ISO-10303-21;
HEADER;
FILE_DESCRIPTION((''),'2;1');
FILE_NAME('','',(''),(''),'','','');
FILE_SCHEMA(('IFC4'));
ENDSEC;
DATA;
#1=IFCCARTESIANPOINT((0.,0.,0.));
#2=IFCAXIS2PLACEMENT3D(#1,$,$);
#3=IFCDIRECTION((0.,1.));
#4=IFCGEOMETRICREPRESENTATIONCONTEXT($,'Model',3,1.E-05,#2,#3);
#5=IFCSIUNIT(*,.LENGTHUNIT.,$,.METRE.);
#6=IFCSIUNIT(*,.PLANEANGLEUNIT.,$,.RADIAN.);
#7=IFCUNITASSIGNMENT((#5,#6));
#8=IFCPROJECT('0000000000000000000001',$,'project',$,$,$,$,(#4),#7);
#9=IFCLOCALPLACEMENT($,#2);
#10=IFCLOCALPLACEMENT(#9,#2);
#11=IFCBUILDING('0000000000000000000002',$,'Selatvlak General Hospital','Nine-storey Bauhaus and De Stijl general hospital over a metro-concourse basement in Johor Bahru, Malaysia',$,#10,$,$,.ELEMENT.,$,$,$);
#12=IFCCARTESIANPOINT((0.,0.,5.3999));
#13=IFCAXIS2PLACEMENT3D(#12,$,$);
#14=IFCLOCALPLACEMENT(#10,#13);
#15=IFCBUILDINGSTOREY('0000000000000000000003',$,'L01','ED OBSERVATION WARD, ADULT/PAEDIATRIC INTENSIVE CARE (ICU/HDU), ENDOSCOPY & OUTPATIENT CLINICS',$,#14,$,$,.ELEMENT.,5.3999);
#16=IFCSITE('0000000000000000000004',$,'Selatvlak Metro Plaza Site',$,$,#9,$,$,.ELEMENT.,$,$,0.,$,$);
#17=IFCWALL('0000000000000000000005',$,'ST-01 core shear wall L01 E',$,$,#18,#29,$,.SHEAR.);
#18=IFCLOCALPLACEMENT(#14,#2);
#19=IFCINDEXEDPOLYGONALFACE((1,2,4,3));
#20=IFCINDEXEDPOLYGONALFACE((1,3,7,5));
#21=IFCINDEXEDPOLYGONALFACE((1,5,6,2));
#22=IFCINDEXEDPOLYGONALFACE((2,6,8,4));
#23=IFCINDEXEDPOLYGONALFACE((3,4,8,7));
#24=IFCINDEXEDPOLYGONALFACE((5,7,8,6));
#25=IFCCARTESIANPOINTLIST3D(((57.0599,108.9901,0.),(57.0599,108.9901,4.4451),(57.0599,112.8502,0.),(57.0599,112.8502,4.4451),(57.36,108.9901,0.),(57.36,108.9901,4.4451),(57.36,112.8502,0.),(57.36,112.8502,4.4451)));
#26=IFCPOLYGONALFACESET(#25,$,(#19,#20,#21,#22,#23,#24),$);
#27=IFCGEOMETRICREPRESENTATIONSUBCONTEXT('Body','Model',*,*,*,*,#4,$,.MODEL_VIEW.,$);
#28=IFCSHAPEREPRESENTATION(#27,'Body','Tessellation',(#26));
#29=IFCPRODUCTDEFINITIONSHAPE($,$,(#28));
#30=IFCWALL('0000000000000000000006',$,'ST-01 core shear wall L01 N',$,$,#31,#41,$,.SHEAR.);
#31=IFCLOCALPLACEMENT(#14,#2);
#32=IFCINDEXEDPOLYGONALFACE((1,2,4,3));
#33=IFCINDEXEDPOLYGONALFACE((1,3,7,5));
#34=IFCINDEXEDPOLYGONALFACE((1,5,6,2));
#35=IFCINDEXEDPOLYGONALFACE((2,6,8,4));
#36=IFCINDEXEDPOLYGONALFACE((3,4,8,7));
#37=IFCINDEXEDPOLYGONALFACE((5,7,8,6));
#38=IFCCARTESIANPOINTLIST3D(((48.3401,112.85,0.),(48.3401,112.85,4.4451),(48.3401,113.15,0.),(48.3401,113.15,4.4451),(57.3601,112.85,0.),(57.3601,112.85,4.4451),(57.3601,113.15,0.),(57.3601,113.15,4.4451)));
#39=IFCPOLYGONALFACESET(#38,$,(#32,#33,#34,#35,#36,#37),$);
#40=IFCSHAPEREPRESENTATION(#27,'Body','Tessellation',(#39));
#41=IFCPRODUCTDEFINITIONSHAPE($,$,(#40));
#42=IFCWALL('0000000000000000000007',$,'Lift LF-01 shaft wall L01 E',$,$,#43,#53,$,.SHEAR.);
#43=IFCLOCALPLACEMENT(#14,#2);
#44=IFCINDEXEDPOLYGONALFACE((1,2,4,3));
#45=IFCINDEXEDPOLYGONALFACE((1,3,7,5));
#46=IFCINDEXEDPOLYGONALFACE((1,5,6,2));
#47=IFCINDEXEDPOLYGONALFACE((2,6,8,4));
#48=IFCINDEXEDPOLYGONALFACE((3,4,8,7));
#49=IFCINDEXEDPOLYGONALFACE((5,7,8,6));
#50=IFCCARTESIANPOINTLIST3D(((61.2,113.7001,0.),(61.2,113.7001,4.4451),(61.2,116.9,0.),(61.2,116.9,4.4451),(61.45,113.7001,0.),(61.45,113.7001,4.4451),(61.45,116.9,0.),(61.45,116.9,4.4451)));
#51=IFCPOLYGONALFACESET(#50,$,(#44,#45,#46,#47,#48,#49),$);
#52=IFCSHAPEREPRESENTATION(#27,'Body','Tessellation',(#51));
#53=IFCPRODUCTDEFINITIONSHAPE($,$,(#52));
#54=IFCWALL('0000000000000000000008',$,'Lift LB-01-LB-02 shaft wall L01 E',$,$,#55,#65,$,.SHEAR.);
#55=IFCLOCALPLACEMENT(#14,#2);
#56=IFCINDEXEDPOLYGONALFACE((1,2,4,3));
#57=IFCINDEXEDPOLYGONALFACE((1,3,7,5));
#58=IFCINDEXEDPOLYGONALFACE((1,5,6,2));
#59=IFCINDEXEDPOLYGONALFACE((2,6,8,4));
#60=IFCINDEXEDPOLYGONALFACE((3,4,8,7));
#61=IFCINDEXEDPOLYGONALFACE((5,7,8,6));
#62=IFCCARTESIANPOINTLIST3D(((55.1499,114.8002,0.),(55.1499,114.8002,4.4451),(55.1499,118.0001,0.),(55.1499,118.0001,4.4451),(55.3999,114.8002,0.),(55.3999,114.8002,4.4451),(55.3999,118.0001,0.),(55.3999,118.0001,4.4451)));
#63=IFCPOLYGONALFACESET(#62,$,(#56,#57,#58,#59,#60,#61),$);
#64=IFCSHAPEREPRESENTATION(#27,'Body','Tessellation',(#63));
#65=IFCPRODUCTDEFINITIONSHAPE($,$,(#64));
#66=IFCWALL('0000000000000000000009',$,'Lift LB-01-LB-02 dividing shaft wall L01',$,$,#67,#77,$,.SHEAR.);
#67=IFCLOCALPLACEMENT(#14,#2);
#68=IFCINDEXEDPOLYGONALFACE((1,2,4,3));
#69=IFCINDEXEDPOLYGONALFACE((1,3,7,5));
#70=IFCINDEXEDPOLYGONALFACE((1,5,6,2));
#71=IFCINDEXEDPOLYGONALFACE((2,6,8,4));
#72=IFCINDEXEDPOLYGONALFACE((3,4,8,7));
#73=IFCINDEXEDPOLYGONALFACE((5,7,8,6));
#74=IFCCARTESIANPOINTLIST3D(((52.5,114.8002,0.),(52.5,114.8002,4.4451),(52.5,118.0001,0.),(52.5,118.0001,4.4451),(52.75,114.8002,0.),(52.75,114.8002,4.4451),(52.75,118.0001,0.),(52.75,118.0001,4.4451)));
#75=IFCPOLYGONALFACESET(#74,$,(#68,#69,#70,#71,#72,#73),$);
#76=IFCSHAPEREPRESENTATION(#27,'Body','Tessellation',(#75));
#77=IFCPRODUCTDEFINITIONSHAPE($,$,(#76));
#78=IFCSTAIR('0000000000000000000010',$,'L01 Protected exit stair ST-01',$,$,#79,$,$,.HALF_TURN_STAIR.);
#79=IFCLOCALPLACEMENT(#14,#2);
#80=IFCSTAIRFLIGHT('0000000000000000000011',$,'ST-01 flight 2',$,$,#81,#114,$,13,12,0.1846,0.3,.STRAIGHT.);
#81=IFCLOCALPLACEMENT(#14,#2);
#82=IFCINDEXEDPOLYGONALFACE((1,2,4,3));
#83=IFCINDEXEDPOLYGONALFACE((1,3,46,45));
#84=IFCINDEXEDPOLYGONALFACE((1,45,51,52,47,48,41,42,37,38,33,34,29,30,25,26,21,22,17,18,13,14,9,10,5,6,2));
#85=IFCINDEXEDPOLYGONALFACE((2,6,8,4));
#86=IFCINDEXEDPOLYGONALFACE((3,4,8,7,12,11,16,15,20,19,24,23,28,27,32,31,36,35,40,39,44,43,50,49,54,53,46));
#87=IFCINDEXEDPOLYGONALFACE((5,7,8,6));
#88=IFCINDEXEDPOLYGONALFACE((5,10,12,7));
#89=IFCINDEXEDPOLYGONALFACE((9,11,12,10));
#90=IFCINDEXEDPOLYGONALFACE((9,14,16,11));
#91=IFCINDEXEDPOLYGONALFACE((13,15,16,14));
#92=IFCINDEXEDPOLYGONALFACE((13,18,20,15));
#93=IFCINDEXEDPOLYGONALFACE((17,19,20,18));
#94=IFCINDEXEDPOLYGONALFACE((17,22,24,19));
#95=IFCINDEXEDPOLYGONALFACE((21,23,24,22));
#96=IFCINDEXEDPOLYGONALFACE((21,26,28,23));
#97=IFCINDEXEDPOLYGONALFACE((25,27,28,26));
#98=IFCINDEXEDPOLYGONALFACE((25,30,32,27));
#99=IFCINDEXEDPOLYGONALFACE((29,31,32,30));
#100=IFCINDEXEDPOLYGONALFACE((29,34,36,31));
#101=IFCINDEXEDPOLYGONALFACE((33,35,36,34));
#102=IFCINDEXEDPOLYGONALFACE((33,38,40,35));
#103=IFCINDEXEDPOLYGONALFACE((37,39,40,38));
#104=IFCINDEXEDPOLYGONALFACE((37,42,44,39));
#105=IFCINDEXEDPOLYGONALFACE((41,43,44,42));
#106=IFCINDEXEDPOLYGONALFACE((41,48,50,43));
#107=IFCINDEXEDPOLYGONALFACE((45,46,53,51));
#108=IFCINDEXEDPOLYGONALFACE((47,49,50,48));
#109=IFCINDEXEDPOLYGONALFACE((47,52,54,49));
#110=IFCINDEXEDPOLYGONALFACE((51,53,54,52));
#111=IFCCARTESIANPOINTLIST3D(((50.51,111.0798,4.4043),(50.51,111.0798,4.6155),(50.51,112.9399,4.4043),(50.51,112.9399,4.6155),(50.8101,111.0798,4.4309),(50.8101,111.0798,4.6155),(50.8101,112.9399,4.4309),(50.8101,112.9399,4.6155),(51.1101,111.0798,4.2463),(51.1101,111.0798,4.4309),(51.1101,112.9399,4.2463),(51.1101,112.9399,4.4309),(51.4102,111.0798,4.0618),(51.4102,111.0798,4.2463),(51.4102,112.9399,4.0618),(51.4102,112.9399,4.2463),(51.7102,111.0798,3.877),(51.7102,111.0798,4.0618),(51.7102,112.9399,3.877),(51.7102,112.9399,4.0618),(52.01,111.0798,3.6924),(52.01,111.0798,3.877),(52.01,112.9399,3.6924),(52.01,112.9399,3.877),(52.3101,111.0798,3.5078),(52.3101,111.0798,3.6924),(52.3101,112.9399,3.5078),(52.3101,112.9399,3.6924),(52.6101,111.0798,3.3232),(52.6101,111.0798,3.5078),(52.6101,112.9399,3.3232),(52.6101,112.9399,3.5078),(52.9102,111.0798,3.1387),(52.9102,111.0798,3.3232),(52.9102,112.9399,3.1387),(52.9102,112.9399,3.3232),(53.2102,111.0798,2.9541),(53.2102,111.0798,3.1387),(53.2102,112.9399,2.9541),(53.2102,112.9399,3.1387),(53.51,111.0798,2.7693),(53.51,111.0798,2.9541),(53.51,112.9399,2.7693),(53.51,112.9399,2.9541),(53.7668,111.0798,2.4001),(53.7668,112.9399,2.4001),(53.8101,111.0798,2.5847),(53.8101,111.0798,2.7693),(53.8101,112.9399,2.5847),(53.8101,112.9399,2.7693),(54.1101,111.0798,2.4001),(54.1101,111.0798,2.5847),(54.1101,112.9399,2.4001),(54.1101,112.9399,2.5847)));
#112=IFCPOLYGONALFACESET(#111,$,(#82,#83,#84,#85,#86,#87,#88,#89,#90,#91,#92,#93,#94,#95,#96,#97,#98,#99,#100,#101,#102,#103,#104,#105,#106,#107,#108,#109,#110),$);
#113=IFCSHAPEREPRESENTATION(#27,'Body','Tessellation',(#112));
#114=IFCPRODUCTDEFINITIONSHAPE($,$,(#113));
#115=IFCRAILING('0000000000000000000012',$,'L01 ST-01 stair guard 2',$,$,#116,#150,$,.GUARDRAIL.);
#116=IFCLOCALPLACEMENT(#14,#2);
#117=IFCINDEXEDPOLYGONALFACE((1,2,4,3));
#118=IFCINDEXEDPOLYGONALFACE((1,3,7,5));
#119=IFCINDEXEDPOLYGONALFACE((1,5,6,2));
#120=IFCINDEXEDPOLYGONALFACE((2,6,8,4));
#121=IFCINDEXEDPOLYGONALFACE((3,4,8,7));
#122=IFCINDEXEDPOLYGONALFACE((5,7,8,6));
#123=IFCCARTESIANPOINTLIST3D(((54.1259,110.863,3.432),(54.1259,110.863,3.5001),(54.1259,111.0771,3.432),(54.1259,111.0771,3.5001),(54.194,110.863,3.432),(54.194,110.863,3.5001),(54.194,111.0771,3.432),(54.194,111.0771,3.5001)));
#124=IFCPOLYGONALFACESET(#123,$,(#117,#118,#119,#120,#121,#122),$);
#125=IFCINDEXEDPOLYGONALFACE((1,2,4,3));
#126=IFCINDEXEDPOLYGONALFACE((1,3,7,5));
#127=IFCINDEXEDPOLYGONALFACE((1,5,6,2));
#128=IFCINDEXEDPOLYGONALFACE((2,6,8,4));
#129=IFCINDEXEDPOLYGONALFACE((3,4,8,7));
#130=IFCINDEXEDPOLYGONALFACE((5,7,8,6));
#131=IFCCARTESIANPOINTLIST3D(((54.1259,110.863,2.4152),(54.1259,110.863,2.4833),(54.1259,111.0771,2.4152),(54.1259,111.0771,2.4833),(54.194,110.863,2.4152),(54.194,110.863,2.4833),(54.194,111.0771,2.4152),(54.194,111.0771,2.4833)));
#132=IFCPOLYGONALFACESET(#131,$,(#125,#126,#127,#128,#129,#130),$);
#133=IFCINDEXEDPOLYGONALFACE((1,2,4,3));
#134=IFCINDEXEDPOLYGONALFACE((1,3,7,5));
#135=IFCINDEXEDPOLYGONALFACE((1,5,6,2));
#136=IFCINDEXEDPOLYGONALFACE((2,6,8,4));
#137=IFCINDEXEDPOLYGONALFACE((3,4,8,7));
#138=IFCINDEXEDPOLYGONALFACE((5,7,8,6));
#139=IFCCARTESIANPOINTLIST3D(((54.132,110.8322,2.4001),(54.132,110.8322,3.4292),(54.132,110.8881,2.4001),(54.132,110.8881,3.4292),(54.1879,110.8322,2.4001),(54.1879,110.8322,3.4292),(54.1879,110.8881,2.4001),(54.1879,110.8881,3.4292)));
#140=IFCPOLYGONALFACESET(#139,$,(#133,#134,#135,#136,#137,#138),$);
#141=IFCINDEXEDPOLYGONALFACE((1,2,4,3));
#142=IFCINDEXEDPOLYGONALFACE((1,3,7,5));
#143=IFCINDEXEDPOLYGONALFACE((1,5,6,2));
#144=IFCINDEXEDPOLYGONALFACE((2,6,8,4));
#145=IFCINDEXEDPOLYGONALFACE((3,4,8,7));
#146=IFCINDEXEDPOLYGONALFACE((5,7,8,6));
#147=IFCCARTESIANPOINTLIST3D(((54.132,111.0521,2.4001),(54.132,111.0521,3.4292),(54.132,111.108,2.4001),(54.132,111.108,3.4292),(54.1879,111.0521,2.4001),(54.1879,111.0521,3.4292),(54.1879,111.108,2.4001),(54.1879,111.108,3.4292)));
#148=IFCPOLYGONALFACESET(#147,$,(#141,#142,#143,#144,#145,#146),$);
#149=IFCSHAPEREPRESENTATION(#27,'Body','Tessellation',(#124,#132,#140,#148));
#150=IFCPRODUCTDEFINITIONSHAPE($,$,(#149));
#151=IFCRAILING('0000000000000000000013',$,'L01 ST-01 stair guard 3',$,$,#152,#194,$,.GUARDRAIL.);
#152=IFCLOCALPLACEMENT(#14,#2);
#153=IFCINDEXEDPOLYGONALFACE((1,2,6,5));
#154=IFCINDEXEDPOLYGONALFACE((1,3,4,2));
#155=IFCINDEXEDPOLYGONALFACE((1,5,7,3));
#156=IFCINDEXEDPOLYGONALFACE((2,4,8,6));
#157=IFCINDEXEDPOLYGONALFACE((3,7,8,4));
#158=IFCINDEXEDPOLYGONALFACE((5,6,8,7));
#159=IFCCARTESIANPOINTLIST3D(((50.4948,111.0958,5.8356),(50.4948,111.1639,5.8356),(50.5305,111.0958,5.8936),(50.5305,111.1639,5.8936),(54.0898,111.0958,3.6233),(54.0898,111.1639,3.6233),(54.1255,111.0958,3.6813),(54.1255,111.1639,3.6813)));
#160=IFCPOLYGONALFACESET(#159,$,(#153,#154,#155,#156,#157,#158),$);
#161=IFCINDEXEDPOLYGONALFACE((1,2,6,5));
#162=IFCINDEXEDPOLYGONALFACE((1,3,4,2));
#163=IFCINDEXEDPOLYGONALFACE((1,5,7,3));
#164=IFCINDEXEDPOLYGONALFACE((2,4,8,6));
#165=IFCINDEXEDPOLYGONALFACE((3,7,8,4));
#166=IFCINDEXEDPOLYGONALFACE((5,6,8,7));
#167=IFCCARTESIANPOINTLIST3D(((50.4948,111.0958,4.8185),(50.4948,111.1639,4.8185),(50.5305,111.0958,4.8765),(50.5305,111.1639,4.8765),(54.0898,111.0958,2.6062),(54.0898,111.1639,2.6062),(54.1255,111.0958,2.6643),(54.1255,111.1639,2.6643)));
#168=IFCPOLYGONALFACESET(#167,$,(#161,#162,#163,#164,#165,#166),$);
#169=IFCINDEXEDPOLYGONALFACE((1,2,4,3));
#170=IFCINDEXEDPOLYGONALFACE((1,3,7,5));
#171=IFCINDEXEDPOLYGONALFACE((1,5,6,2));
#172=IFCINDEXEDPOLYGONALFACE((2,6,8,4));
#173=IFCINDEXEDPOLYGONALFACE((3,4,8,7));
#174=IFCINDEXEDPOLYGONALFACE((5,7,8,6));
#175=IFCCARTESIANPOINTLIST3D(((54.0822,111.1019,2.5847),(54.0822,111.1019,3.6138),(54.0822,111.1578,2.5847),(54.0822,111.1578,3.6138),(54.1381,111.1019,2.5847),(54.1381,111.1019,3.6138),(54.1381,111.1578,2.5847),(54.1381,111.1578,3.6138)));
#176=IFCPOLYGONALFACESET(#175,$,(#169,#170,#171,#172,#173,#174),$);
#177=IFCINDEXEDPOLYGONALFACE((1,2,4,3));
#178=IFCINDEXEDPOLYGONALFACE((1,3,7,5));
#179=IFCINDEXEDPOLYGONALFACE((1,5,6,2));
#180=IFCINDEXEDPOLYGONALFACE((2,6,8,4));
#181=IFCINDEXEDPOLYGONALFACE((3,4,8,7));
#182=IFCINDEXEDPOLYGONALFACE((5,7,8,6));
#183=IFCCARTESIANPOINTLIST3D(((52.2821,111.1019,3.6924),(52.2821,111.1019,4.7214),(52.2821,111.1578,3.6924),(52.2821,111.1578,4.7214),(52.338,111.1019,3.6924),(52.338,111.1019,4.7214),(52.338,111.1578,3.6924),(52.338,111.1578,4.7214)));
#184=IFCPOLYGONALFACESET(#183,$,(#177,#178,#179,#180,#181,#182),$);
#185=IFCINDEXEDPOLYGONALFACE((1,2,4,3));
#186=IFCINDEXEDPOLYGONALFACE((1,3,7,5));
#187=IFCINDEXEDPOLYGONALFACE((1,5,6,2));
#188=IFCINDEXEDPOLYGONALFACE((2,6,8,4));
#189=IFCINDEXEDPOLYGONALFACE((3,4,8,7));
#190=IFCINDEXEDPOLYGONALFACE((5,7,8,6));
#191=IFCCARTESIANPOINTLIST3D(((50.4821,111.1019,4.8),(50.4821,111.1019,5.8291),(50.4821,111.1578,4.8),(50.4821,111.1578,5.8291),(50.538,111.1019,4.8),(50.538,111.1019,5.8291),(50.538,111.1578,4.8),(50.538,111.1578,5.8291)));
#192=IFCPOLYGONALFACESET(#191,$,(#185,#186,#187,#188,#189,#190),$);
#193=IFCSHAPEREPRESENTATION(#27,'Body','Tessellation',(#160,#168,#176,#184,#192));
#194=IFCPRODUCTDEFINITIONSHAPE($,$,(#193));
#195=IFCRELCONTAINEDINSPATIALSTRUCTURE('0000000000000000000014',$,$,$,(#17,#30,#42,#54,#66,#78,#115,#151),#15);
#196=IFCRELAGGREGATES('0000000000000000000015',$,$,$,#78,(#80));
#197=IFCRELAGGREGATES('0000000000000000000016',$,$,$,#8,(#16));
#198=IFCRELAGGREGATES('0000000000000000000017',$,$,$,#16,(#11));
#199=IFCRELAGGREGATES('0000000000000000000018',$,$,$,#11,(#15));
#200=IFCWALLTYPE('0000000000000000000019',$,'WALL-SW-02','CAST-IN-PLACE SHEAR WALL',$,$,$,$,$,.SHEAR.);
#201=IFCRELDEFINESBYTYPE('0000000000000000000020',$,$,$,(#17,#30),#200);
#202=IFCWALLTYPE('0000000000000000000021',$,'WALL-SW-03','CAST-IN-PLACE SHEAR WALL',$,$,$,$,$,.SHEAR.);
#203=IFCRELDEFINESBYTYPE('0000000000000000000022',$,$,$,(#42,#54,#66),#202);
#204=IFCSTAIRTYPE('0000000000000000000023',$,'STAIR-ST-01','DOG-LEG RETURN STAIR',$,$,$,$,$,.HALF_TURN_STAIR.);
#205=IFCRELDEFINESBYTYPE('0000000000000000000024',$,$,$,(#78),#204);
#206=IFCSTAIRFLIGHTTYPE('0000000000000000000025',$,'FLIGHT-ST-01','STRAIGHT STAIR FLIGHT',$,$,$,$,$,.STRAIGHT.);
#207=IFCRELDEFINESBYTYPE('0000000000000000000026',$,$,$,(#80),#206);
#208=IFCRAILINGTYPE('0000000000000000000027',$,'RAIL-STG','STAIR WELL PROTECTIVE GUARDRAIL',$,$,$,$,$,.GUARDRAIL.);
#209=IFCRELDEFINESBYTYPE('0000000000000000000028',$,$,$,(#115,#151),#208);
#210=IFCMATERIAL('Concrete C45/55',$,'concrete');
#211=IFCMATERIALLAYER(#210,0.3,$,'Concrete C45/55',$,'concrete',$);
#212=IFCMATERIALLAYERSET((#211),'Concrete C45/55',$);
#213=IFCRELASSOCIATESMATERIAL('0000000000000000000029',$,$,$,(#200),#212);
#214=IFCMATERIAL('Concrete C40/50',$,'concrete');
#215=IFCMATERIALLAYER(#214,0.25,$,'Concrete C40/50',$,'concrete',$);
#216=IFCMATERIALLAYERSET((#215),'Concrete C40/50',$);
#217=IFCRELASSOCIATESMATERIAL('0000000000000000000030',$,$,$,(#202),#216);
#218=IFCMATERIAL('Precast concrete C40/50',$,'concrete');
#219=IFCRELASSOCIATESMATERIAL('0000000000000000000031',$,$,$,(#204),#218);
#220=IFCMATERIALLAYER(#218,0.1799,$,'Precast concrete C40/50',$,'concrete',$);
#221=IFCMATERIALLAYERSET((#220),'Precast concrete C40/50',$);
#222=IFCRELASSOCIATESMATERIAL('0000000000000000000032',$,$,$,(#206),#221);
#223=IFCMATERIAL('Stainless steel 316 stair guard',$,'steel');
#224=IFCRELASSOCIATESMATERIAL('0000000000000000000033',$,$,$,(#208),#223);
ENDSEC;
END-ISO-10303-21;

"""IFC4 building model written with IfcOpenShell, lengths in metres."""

from ifc_helpers import new_model, si_unit, direction, frame, frame_2d, origin, origin_2d, place, context, subcontext, project, spatial, polyline, rectangle, outline, extrude, material, layer, layer_set, type_object, element, aggregate, save


model = new_model("IFC4")

# Units and contexts
model_context = context("Model", 3, precision=1e-05, world=origin(), true_north=direction((0.0, 1.0)))
body_context = subcontext(model_context, "Body", "Model", "MODEL_VIEW")
ifc_project = project(units=[si_unit("LENGTHUNIT", "METRE"), si_unit("PLANEANGLEUNIT", "RADIAN")], contexts=[model_context])

# Site, building, storey
site_placement = place(None, origin())
site = spatial("IfcSite", under=ifc_project, at=site_placement, Name="Selatvlak Metro Plaza Site", CompositionType="ELEMENT", RefElevation=0.0)
building_placement = place(site_placement, origin())
building = spatial("IfcBuilding", under=site, at=building_placement, Name="Selatvlak General Hospital", Description="Nine-storey Bauhaus and De Stijl general hospital over a metro-concourse basement in Johor Bahru, Malaysia", CompositionType="ELEMENT")
storey_placement = place(building_placement, frame((0.0, 0.0, 5.3999)))
storey = spatial("IfcBuildingStorey", under=building, at=storey_placement, Name="L01", Description="ED OBSERVATION WARD, ADULT/PAEDIATRIC INTENSIVE CARE (ICU/HDU), ENDOSCOPY & OUTPATIENT CLINICS", CompositionType="ELEMENT", Elevation=5.3999)

# Shared definitions
ifc_material_1 = material(Name="Concrete C40/50", Category="concrete")

# Walls
ifc_material_2 = material(Name="Concrete C45/55", Category="concrete")
ifc_layer_1 = layer(ifc_material_2, 0.3, Name="Concrete C45/55", Category="concrete")
ifc_layer_set_1 = layer_set([ifc_layer_1], Name="Concrete C45/55")
wall_type_1 = type_object("IfcWallType", Name="WALL-SW-02", Description="CAST-IN-PLACE SHEAR WALL", PredefinedType="SHEAR", material=ifc_layer_set_1)
wall_1_placement = place(storey_placement, frame((57.21, 108.99, 0.0), z_axis=(0.0, 0.0, 1.0), x_axis=(0.0, 1.0, 0.0)))
element("IfcWall", 1, at=wall_1_placement, inside=storey, type_object=wall_type_1, Name="ST-01 core shear wall L01 E", PredefinedType="SHEAR", context=body_context, shape_type="SweptSolid", body=[
    extrude(rectangle(XDim=3.8601, YDim=0.3, at=frame_2d((1.9302, 0.0))), origin(), (0.0, 0.0, 1.0), 4.4451),
])
wall_2_placement = place(storey_placement, frame((57.3601, 113.0, 0.0), z_axis=(0.0, 0.0, 1.0), x_axis=(-1.0, 0.0, 0.0)))
element("IfcWall", 2, at=wall_2_placement, inside=storey, type_object=wall_type_1, Name="ST-01 core shear wall L01 N", PredefinedType="SHEAR", context=body_context, shape_type="SweptSolid", body=[
    extrude(rectangle(XDim=9.02, YDim=0.3, at=frame_2d((4.51, 0.0))), origin(), (0.0, 0.0, 1.0), 4.4451),
])

# Shared definitions
ifc_layer_2 = layer(ifc_material_1, 0.25, Name="Concrete C40/50", Category="concrete")
ifc_layer_set_2 = layer_set([ifc_layer_2], Name="Concrete C40/50")
wall_type_2 = type_object("IfcWallType", Name="WALL-SW-03", Description="CAST-IN-PLACE SHEAR WALL", PredefinedType="SHEAR", material=ifc_layer_set_2)

# Walls
for number, where, z_axis, x_axis, name in (
    (3, (61.325, 113.7, 0.0), (0.0, 0.0, 1.0), (0.0, 1.0, 0.0), "Lift LF-01 shaft wall L01 E"),
    (4, (55.2749, 114.8, 0.0), (0.0, 0.0, 1.0), (0.0, 1.0, 0.0), "Lift LB-01-LB-02 shaft wall L01 E"),
    (5, (52.625, 114.8, 0.0), (0.0, 0.0, 1.0), (0.0, 1.0, 0.0), "Lift LB-01-LB-02 dividing shaft wall L01"),
):
    element("IfcWall", number, at=place(storey_placement, frame(where, z_axis=z_axis, x_axis=x_axis)), inside=storey, type_object=wall_type_2, Name=name, PredefinedType="SHEAR", context=body_context, shape_type="SweptSolid", body=[
        extrude(rectangle(XDim=3.2, YDim=0.25, at=frame_2d((1.6001, 0.0))), origin(), (0.0, 0.0, 1.0), 4.4451),
    ])

# Stair, stair flight
ifc_material_3 = material(Name="Precast concrete C40/50", Category="concrete")
stair_type = type_object("IfcStairType", Name="STAIR-ST-01", Description="DOG-LEG RETURN STAIR", PredefinedType="HALF_TURN_STAIR", material=ifc_material_3)
stair_placement = place(storey_placement, origin())
stair = element("IfcStair", 6, at=stair_placement, inside=storey, type_object=stair_type, Name="L01 Protected exit stair ST-01", PredefinedType="HALF_TURN_STAIR")
ifc_layer_3 = layer(ifc_material_3, 0.1799, Name="Precast concrete C40/50", Category="concrete")
ifc_layer_set_3 = layer_set([ifc_layer_3], Name="Precast concrete C40/50")
stair_flight_type = type_object("IfcStairFlightType", Name="FLIGHT-ST-01", Description="STRAIGHT STAIR FLIGHT", PredefinedType="STRAIGHT", material=ifc_layer_set_3)
stair_flight_placement = place(storey_placement, frame((54.1101, 112.01, 2.4001), z_axis=(0.0, 0.0, 1.0), x_axis=(-1.0, 0.0, 0.0)))
stair_flight = element("IfcStairFlight", 7, at=stair_flight_placement, type_object=stair_flight_type, Name="ST-01 flight 2", NumberOfRisers=13, NumberOfTreads=12, PredefinedType="STRAIGHT", RiserHeight=0.1846, TreadLength=0.3, context=body_context, shape_type="SweptSolid", body=[
    extrude(outline(polyline([(0.0, 0.0), (0.0, 0.1846), (0.3, 0.1846), (0.3, 0.3691), (0.6001, 0.3691), (0.6001, 0.554), (0.8999, 0.554), (0.8999, 0.7385), (1.2, 0.7385), (1.2, 0.9231), (1.5, 0.9231), (1.5, 1.1077), (1.8, 1.1077), (1.8, 1.2922), (2.1001, 1.2922), (2.1001, 1.4768), (2.3999, 1.4768), (2.3999, 1.6616), (2.7, 1.6616), (2.7, 1.8462), (3.0, 1.8462), (3.0, 2.0308), (3.3, 2.0308), (3.3, 2.2153), (3.6001, 2.2153), (3.6001, 2.3999), (3.6001, 2.0042), (0.3433, 0.0), (0.0, 0.0)])), frame((0.0, 0.9302, 0.0), z_axis=(0.0, -1.0, 0.0), x_axis=(1.0, 0.0, 0.0)), (0.0, 0.0, 1.0), 1.8601),
])
aggregate(stair, [stair_flight])

# Railings
ifc_material_4 = material(Name="Stainless steel 316 stair guard", Category="steel")
railing_type_1 = type_object("IfcRailingType", Name="RAIL-STG", Description="STAIR WELL PROTECTIVE GUARDRAIL", PredefinedType="GUARDRAIL", material=ifc_material_4)
railing_1_placement = place(storey_placement, frame((54.1599, 110.8601, 2.4001)))
element("IfcRailing", 8, at=railing_1_placement, inside=storey, type_object=railing_type_1, Name="L01 ST-01 stair guard 2", PredefinedType="GUARDRAIL", context=body_context, shape_type="SweptSolid", body=[
    extrude(rectangle(XDim=0.0681, YDim=0.0681, at=origin_2d()), frame((0.0, 0.0029, 1.0659), z_axis=(0.0, 1.0, 0.0), x_axis=(-1.0, 0.0, 0.0)), (0.0, 0.0, 1.0), 0.2141),
    extrude(rectangle(XDim=0.0681, YDim=0.0681, at=origin_2d()), frame((0.0, 0.0029, 0.0491), z_axis=(0.0, 1.0, 0.0), x_axis=(-1.0, 0.0, 0.0)), (0.0, 0.0, 1.0), 0.2141),
    extrude(rectangle(XDim=0.0559, YDim=0.0559, at=origin_2d()), origin(), (0.0, 0.0, 1.0), 1.0291),
    extrude(rectangle(XDim=0.0559, YDim=0.0559, at=origin_2d()), frame((0.0, 0.22, 0.0)), (0.0, 0.0, 1.0), 1.0291),
])
railing_2_placement = place(storey_placement, frame((54.1101, 111.1299, 2.5847)))
element("IfcRailing", 9, at=railing_2_placement, inside=storey, type_object=railing_type_1, Name="L01 ST-01 stair guard 3", PredefinedType="GUARDRAIL", context=body_context, shape_type="SweptSolid", body=[
    extrude(rectangle(XDim=0.0681, YDim=0.0681, at=origin_2d()), frame((-0.0024, 0.0, 1.0676), z_axis=(-0.85167, 0.0, 0.524078), x_axis=(0.0, -1.0, 0.0)), (0.0, 0.0, 1.0), 4.2212),
    extrude(rectangle(XDim=0.0681, YDim=0.0681, at=origin_2d()), frame((-0.0024, 0.0, 0.0505), z_axis=(-0.85167, 0.0, 0.524078), x_axis=(0.0, -1.0, 0.0)), (0.0, 0.0, 1.0), 4.2212),
    extrude(rectangle(XDim=0.0559, YDim=0.0559, at=origin_2d()), origin(), (0.0, 0.0, 1.0), 1.0291),
    extrude(rectangle(XDim=0.0559, YDim=0.0559, at=origin_2d()), frame((-1.8, 0.0, 1.1077)), (0.0, 0.0, 1.0), 1.0291),
    extrude(rectangle(XDim=0.0559, YDim=0.0559, at=origin_2d()), frame((-3.6001, 0.0, 2.2153)), (0.0, 0.0, 1.0), 1.0291),
])

save(model, "model.ifc")
